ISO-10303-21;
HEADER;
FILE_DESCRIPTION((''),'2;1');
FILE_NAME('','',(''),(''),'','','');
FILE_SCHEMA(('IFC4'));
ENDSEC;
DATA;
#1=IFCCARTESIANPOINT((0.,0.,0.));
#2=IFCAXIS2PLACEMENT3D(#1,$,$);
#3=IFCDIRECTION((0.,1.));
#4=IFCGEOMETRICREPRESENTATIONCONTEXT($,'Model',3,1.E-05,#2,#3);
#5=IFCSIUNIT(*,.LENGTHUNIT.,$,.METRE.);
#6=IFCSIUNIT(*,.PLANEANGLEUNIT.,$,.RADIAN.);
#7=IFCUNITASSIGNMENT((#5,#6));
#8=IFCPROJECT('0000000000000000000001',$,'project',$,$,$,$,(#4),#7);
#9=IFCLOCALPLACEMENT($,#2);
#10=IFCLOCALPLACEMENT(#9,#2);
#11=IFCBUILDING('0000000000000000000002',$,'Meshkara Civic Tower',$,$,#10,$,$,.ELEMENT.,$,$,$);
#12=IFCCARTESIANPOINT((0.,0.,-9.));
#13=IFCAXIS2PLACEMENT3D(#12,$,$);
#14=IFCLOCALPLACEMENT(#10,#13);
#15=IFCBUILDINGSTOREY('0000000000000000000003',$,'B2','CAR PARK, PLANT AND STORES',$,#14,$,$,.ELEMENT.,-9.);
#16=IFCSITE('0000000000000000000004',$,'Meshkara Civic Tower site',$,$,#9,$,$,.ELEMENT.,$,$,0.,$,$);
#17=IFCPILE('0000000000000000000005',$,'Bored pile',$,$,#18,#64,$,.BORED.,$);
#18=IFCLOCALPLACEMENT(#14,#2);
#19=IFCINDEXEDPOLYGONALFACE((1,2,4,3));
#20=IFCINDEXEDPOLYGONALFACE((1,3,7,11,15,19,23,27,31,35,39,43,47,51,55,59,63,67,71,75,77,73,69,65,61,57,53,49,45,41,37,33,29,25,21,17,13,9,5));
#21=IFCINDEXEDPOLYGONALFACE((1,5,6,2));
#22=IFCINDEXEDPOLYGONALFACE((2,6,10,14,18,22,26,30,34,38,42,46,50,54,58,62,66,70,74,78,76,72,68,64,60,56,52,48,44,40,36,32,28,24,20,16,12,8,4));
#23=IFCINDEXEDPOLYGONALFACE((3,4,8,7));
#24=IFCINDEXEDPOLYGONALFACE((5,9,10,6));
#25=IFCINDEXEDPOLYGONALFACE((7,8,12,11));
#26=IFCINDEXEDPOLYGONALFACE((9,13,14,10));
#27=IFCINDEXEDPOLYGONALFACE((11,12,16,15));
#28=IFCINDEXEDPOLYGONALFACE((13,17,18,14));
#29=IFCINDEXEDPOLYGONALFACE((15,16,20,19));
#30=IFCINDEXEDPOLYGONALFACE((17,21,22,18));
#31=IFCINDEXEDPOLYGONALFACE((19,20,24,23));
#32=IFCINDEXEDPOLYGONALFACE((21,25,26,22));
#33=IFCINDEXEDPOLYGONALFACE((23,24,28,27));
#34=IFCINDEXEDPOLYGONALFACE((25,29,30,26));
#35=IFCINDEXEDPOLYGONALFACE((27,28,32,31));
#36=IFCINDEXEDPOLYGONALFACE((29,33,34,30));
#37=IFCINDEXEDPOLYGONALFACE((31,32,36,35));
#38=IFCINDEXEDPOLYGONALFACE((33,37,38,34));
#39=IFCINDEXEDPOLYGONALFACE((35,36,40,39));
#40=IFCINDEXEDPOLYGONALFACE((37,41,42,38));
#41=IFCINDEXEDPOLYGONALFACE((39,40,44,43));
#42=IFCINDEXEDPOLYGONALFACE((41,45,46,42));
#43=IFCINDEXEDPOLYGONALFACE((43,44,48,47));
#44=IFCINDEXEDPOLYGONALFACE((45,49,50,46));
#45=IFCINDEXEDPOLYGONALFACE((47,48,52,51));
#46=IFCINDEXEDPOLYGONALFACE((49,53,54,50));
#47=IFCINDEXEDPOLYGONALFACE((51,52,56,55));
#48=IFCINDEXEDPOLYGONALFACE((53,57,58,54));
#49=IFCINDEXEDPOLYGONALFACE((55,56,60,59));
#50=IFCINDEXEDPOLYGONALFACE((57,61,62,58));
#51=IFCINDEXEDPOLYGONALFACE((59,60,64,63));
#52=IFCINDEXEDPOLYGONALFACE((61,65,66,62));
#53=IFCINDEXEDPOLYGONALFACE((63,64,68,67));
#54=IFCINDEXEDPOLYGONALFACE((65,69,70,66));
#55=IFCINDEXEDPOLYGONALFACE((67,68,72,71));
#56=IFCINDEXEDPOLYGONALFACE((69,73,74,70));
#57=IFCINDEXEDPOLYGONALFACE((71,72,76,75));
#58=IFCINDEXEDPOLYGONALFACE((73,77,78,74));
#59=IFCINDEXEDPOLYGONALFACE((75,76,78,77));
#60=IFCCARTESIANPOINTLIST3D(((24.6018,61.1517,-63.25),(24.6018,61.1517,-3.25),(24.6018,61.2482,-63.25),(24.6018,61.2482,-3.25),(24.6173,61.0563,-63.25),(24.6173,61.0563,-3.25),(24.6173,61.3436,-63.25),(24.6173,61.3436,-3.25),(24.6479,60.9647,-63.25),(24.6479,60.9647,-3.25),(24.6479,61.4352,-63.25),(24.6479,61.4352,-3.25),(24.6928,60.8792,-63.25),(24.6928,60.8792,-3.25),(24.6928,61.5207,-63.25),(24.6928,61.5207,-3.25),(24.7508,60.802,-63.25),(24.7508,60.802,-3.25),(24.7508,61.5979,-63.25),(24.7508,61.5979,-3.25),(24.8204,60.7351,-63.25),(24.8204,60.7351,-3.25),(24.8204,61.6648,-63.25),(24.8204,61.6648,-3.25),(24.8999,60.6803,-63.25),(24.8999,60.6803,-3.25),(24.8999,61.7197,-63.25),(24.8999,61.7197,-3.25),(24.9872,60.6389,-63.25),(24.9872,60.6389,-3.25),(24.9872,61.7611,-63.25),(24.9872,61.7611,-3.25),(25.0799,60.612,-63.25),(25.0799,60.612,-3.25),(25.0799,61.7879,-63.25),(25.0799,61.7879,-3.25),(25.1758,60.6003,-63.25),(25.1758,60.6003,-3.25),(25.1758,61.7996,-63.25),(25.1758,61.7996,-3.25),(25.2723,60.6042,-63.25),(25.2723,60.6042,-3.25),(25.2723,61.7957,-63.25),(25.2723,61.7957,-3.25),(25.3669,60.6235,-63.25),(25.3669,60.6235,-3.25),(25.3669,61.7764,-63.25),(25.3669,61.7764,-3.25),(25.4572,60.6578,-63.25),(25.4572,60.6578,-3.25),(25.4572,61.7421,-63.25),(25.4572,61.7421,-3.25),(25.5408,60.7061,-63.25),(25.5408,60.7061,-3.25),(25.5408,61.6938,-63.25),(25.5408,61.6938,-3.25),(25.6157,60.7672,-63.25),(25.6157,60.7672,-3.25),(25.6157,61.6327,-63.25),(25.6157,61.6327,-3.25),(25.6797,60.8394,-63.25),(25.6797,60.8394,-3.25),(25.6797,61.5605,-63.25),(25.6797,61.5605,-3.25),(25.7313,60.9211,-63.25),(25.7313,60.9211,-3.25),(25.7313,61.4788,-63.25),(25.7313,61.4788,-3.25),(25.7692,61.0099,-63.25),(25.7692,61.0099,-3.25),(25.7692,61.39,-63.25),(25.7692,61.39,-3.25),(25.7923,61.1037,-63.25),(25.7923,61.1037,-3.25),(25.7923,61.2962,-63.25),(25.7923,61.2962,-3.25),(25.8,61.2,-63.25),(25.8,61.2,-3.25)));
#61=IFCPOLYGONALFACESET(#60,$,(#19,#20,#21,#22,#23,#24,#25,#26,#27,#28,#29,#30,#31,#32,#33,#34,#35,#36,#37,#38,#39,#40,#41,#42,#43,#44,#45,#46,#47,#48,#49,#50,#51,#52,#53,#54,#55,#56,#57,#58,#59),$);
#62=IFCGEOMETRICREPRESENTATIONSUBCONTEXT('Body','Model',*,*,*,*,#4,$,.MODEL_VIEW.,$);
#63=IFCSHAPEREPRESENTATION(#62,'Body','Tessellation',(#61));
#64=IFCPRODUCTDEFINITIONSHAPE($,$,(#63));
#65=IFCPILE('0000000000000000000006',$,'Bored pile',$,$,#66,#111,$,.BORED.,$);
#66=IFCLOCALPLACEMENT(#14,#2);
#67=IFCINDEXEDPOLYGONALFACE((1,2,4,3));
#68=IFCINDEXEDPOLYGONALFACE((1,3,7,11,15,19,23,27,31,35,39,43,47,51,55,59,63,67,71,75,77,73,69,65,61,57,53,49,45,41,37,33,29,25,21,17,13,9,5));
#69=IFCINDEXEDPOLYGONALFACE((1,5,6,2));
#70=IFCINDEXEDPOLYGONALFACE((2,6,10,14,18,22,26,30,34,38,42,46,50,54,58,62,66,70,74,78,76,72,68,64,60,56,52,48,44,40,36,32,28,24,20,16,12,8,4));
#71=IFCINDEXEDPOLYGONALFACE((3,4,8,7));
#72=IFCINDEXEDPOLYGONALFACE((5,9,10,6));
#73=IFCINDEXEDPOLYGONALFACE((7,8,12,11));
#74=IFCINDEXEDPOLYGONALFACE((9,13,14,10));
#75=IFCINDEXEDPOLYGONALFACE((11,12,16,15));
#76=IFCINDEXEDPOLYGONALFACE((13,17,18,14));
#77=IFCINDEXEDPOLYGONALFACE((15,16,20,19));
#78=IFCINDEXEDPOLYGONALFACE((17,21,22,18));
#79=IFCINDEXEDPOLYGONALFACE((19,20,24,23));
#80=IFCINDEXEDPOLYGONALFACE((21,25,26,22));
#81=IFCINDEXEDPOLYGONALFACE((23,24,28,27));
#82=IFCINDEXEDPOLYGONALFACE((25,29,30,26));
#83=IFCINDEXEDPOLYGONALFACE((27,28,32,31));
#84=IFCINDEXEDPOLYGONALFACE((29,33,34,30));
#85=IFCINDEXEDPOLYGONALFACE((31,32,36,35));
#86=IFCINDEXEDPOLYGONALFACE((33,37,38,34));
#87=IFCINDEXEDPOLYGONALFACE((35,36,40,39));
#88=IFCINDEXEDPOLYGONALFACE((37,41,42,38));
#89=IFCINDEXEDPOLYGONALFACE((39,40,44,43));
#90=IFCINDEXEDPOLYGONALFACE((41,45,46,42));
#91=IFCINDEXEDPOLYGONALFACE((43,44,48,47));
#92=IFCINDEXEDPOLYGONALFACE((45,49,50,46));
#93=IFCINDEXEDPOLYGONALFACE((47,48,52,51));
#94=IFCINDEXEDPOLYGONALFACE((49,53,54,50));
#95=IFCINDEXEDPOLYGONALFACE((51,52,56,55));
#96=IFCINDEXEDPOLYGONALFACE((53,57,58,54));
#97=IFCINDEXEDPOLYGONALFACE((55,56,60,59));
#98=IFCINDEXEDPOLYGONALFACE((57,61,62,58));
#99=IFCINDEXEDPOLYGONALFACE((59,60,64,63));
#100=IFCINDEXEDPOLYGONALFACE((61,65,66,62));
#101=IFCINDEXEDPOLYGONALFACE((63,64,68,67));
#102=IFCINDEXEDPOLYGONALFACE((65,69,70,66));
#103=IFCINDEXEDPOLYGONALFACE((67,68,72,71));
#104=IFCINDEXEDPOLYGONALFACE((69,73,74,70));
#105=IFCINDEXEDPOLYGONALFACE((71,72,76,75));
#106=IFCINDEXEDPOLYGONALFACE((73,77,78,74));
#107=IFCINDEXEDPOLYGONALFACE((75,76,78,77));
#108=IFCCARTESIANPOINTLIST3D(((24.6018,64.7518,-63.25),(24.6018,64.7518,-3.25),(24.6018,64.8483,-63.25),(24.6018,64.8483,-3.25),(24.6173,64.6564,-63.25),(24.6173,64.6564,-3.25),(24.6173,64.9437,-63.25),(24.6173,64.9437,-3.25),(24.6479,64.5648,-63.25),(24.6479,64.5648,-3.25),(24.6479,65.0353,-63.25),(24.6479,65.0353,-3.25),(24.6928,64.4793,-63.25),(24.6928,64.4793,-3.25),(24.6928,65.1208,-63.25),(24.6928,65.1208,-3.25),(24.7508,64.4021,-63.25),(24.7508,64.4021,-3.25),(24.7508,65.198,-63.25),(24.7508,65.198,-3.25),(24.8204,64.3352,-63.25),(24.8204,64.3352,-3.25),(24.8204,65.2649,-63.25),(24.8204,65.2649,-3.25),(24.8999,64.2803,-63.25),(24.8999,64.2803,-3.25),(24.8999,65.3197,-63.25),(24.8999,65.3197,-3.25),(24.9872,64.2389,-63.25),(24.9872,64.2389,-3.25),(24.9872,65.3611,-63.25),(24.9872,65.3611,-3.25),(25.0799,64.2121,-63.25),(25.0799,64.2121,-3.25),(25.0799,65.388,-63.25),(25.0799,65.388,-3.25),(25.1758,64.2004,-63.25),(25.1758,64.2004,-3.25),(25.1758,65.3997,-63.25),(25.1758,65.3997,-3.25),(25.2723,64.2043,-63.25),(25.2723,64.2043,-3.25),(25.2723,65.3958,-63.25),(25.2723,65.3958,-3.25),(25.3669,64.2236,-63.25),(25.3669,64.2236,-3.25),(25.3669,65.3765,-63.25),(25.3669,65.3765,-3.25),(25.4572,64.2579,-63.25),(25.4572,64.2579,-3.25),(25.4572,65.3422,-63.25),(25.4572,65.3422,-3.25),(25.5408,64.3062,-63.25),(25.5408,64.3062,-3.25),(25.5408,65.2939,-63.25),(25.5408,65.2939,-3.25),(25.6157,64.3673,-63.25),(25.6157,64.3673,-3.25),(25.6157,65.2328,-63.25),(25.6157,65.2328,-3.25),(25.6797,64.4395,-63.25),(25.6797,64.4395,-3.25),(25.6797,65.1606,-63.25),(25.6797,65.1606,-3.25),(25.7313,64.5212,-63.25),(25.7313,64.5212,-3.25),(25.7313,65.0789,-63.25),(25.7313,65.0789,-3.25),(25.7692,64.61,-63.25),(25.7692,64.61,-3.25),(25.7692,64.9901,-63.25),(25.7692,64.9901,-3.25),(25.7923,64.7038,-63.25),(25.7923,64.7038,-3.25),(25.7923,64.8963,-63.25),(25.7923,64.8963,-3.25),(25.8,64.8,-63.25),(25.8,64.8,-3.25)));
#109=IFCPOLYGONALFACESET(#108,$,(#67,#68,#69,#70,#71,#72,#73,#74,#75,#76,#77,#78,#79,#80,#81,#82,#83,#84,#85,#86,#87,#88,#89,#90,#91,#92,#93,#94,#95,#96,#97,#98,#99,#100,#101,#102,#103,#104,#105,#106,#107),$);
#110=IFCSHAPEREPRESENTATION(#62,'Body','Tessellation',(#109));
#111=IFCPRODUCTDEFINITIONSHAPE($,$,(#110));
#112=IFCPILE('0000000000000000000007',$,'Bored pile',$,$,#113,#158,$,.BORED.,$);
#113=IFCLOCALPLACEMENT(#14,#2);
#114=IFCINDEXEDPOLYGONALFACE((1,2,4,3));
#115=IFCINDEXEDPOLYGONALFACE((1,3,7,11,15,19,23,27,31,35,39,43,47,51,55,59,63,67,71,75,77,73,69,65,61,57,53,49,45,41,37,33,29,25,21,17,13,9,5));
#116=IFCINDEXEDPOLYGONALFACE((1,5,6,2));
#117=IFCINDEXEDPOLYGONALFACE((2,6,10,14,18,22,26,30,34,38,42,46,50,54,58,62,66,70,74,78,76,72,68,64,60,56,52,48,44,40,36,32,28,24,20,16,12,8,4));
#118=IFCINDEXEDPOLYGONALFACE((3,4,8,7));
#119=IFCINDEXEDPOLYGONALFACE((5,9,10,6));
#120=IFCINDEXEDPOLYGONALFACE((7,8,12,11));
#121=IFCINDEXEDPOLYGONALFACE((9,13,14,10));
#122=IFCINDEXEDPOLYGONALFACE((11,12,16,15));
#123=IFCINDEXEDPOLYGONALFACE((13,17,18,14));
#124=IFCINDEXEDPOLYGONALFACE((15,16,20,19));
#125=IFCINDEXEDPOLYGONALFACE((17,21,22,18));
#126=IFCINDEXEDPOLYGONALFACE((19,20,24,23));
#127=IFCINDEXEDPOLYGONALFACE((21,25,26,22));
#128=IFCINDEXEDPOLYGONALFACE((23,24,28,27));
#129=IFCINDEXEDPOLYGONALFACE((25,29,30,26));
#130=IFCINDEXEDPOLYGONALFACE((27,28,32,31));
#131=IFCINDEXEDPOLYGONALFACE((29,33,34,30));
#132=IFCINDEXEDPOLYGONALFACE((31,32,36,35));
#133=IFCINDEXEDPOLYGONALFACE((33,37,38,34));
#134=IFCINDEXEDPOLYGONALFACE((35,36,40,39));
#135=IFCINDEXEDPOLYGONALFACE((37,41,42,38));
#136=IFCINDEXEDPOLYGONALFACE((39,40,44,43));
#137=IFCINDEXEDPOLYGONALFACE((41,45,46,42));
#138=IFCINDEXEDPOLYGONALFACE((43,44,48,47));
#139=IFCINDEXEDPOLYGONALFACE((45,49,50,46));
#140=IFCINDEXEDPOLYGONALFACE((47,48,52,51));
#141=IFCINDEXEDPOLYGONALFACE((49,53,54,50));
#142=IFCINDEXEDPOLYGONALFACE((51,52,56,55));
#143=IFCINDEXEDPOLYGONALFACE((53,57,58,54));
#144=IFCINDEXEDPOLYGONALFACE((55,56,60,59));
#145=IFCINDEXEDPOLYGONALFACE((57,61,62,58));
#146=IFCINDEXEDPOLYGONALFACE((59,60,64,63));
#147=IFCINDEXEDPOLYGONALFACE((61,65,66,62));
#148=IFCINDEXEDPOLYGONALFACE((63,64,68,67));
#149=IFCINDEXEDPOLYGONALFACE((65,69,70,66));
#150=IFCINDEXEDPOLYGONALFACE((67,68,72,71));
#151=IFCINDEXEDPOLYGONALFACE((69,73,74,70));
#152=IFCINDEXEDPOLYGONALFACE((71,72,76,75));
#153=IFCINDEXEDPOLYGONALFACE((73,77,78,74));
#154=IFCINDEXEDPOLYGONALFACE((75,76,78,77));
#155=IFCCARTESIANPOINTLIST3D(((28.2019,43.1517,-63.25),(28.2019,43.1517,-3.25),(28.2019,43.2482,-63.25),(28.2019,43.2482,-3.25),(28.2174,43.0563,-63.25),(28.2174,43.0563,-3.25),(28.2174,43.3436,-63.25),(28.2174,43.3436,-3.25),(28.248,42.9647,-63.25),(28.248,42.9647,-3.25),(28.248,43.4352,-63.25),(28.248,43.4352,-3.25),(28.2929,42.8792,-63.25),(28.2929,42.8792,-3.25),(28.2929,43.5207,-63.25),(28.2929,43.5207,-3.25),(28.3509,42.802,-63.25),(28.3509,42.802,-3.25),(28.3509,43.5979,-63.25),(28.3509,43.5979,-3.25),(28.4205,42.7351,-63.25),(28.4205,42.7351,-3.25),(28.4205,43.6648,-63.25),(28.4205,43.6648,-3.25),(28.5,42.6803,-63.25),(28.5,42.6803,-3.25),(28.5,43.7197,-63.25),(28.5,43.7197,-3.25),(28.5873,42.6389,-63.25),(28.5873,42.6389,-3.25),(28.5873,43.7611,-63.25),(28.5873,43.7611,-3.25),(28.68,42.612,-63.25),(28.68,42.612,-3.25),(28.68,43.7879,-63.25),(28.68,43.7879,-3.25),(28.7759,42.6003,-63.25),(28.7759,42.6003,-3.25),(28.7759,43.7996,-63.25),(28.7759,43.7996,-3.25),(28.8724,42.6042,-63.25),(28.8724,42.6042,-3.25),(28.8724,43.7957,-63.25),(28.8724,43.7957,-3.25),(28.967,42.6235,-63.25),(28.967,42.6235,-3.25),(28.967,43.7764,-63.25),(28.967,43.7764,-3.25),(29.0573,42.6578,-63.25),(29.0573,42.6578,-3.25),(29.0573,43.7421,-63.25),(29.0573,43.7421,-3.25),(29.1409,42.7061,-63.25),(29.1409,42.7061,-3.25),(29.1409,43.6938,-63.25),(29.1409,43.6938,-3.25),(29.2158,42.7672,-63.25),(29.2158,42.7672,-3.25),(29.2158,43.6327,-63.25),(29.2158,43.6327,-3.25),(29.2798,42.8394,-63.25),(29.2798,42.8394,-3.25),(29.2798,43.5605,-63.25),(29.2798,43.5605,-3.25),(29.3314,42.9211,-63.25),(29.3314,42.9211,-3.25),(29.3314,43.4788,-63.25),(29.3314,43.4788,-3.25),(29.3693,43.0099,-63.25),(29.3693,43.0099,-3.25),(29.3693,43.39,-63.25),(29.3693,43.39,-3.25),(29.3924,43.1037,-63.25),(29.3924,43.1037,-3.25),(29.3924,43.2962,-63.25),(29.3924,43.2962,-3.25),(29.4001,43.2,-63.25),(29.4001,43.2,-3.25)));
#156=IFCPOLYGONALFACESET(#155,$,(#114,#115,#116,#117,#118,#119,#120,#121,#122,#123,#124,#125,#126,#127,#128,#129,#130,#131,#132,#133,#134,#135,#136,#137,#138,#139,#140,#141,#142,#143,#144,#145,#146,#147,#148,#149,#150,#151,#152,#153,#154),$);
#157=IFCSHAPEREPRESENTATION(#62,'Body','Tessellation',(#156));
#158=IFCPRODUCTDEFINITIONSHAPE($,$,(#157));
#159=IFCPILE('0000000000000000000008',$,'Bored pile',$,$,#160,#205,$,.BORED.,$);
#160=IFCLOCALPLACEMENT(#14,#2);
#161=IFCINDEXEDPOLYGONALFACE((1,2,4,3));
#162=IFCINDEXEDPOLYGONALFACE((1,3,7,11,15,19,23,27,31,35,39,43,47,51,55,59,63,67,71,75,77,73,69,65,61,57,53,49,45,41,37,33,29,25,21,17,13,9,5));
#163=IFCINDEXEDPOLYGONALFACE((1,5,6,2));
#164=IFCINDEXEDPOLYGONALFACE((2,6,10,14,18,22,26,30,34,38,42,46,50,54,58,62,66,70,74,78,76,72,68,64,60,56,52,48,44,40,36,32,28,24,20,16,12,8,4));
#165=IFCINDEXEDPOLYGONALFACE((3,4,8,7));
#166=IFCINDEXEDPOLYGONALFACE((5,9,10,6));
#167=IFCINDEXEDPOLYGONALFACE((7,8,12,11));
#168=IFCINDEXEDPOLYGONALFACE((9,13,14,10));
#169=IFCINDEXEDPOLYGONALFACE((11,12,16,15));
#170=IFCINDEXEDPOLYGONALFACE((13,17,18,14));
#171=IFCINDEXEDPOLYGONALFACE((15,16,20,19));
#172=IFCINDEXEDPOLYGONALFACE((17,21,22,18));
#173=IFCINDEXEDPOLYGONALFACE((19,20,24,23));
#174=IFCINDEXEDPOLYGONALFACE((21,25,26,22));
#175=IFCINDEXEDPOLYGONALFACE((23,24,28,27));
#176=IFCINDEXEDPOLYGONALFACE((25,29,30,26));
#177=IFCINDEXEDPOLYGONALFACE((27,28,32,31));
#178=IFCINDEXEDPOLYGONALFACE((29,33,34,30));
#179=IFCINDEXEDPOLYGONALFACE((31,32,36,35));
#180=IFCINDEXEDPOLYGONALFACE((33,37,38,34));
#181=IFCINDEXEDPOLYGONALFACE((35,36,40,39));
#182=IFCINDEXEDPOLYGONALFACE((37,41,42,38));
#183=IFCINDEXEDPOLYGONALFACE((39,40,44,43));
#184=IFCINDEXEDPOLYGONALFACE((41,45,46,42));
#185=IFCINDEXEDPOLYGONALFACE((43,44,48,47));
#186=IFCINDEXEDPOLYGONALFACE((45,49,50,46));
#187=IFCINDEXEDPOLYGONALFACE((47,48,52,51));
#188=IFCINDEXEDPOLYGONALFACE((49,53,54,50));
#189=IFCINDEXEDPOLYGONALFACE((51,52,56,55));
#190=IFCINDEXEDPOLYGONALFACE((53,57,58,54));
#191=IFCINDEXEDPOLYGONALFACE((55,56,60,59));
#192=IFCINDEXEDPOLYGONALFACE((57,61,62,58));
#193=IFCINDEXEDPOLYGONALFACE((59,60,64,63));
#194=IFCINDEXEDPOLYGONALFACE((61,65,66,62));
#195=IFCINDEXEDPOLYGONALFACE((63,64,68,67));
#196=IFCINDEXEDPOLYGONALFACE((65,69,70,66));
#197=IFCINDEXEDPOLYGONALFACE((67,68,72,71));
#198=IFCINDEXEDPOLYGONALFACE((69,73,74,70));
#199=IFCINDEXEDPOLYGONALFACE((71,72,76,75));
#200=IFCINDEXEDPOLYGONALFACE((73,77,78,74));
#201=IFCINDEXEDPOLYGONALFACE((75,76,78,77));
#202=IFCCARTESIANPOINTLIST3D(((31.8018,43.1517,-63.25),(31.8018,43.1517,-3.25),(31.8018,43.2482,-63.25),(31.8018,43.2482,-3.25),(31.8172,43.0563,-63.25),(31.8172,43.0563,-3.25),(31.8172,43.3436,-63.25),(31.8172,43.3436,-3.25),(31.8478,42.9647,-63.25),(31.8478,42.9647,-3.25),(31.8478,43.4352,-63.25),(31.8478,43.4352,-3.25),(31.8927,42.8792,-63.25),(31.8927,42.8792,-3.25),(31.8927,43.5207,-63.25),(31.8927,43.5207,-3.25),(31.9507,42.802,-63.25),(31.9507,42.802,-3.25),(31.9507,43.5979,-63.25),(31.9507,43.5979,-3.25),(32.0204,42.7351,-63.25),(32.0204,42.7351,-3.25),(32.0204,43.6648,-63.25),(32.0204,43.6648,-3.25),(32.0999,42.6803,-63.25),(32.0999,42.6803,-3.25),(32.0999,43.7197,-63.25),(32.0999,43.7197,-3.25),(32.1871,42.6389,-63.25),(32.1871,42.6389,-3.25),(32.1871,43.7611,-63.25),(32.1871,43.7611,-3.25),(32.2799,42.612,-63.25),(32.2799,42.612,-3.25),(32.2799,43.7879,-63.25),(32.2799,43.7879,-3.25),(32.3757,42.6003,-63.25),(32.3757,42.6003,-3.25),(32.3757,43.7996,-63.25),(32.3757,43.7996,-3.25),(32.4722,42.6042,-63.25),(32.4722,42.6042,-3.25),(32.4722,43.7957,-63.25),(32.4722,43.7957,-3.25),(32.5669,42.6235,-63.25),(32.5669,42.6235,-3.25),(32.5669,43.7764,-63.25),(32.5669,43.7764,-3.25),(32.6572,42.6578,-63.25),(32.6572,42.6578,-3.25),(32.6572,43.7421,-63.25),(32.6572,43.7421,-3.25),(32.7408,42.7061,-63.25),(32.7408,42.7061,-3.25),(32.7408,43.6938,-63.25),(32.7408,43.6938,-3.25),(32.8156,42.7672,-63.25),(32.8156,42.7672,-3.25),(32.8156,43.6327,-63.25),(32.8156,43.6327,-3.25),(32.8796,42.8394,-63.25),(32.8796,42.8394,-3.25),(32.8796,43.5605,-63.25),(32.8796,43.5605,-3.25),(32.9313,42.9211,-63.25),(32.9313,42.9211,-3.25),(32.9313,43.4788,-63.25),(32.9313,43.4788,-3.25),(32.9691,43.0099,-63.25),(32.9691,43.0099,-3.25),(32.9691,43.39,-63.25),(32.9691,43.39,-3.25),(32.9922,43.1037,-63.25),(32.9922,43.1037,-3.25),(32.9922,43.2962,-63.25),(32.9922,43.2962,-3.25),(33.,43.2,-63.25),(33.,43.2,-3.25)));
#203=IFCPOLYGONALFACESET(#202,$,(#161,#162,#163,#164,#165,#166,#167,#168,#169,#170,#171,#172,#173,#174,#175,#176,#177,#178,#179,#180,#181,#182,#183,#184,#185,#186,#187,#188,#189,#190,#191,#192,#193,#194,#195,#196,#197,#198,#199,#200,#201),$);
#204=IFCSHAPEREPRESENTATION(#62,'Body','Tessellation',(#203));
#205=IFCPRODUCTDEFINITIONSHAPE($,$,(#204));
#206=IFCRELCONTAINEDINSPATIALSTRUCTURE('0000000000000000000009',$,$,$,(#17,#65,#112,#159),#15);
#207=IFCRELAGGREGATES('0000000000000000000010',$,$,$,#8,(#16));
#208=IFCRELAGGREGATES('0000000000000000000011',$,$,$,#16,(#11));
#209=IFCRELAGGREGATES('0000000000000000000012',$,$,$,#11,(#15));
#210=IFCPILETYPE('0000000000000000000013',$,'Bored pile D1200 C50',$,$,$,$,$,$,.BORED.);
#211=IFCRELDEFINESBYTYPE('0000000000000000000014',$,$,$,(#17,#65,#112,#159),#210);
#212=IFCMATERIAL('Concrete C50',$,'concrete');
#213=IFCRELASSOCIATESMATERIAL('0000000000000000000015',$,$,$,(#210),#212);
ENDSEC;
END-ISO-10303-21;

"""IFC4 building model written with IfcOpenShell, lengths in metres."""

from ifc_helpers import new_model, si_unit, direction, frame, origin, origin_2d, place, context, subcontext, project, spatial, circle, extrude, material, material_profile, profile_set, type_object, element, save


model = new_model("IFC4")

# Units and contexts
model_context = context("Model", 3, precision=1e-05, world=origin(), true_north=direction((0.0, 1.0)))
body_context = subcontext(model_context, "Body", "Model", "MODEL_VIEW")
ifc_project = project(units=[si_unit("LENGTHUNIT", "METRE"), si_unit("PLANEANGLEUNIT", "RADIAN")], contexts=[model_context])

# Site, building, storey
site_placement = place(None, origin())
site = spatial("IfcSite", under=ifc_project, at=site_placement, Name="Meshkara Civic Tower site", CompositionType="ELEMENT", RefElevation=0.0)
building_placement = place(site_placement, origin())
building = spatial("IfcBuilding", under=site, at=building_placement, Name="Meshkara Civic Tower", CompositionType="ELEMENT")
storey_placement = place(building_placement, frame((0.0, 0.0, -9.0)))
storey = spatial("IfcBuildingStorey", under=building, at=storey_placement, Name="B2", Description="CAR PARK, PLANT AND STORES", CompositionType="ELEMENT", Elevation=-9.0)

# Piles
ifc_material_1 = material(Name="Concrete C50", Category="concrete")
ifc_material_profile_1 = material_profile(ifc_material_1, circle(Radius=0.6001, at=origin_2d()))
ifc_profile_set_1 = profile_set([ifc_material_profile_1], Name="Concrete C50")
pile_type = type_object("IfcPileType", Name="Bored pile D1200 C50", PredefinedType="BORED", material=ifc_profile_set_1)
for number, where, z_axis, x_axis, name in (
    (1, (25.2, 61.2, -3.25), (0.0, 0.0, -1.0), (1.0, 0.0, 0.0), "Bored pile"),
    (2, (25.2, 64.8, -3.25), (0.0, 0.0, -1.0), (1.0, 0.0, 0.0), "Bored pile"),
    (3, (28.8, 43.2, -3.25), (0.0, 0.0, -1.0), (1.0, 0.0, 0.0), "Bored pile"),
    (4, (32.3999, 43.2, -3.25), (0.0, 0.0, -1.0), (1.0, 0.0, 0.0), "Bored pile"),
):
    element("IfcPile", number, at=place(storey_placement, frame(where, z_axis=z_axis, x_axis=x_axis)), inside=storey, type_object=pile_type, Name=name, PredefinedType="BORED", context=body_context, shape_type="SweptSolid", body=[
        extrude(circle(Radius=0.6001, at=origin_2d()), origin(), (0.0, 0.0, 1.0), 60.0),
    ])

save(model, "model.ifc")
